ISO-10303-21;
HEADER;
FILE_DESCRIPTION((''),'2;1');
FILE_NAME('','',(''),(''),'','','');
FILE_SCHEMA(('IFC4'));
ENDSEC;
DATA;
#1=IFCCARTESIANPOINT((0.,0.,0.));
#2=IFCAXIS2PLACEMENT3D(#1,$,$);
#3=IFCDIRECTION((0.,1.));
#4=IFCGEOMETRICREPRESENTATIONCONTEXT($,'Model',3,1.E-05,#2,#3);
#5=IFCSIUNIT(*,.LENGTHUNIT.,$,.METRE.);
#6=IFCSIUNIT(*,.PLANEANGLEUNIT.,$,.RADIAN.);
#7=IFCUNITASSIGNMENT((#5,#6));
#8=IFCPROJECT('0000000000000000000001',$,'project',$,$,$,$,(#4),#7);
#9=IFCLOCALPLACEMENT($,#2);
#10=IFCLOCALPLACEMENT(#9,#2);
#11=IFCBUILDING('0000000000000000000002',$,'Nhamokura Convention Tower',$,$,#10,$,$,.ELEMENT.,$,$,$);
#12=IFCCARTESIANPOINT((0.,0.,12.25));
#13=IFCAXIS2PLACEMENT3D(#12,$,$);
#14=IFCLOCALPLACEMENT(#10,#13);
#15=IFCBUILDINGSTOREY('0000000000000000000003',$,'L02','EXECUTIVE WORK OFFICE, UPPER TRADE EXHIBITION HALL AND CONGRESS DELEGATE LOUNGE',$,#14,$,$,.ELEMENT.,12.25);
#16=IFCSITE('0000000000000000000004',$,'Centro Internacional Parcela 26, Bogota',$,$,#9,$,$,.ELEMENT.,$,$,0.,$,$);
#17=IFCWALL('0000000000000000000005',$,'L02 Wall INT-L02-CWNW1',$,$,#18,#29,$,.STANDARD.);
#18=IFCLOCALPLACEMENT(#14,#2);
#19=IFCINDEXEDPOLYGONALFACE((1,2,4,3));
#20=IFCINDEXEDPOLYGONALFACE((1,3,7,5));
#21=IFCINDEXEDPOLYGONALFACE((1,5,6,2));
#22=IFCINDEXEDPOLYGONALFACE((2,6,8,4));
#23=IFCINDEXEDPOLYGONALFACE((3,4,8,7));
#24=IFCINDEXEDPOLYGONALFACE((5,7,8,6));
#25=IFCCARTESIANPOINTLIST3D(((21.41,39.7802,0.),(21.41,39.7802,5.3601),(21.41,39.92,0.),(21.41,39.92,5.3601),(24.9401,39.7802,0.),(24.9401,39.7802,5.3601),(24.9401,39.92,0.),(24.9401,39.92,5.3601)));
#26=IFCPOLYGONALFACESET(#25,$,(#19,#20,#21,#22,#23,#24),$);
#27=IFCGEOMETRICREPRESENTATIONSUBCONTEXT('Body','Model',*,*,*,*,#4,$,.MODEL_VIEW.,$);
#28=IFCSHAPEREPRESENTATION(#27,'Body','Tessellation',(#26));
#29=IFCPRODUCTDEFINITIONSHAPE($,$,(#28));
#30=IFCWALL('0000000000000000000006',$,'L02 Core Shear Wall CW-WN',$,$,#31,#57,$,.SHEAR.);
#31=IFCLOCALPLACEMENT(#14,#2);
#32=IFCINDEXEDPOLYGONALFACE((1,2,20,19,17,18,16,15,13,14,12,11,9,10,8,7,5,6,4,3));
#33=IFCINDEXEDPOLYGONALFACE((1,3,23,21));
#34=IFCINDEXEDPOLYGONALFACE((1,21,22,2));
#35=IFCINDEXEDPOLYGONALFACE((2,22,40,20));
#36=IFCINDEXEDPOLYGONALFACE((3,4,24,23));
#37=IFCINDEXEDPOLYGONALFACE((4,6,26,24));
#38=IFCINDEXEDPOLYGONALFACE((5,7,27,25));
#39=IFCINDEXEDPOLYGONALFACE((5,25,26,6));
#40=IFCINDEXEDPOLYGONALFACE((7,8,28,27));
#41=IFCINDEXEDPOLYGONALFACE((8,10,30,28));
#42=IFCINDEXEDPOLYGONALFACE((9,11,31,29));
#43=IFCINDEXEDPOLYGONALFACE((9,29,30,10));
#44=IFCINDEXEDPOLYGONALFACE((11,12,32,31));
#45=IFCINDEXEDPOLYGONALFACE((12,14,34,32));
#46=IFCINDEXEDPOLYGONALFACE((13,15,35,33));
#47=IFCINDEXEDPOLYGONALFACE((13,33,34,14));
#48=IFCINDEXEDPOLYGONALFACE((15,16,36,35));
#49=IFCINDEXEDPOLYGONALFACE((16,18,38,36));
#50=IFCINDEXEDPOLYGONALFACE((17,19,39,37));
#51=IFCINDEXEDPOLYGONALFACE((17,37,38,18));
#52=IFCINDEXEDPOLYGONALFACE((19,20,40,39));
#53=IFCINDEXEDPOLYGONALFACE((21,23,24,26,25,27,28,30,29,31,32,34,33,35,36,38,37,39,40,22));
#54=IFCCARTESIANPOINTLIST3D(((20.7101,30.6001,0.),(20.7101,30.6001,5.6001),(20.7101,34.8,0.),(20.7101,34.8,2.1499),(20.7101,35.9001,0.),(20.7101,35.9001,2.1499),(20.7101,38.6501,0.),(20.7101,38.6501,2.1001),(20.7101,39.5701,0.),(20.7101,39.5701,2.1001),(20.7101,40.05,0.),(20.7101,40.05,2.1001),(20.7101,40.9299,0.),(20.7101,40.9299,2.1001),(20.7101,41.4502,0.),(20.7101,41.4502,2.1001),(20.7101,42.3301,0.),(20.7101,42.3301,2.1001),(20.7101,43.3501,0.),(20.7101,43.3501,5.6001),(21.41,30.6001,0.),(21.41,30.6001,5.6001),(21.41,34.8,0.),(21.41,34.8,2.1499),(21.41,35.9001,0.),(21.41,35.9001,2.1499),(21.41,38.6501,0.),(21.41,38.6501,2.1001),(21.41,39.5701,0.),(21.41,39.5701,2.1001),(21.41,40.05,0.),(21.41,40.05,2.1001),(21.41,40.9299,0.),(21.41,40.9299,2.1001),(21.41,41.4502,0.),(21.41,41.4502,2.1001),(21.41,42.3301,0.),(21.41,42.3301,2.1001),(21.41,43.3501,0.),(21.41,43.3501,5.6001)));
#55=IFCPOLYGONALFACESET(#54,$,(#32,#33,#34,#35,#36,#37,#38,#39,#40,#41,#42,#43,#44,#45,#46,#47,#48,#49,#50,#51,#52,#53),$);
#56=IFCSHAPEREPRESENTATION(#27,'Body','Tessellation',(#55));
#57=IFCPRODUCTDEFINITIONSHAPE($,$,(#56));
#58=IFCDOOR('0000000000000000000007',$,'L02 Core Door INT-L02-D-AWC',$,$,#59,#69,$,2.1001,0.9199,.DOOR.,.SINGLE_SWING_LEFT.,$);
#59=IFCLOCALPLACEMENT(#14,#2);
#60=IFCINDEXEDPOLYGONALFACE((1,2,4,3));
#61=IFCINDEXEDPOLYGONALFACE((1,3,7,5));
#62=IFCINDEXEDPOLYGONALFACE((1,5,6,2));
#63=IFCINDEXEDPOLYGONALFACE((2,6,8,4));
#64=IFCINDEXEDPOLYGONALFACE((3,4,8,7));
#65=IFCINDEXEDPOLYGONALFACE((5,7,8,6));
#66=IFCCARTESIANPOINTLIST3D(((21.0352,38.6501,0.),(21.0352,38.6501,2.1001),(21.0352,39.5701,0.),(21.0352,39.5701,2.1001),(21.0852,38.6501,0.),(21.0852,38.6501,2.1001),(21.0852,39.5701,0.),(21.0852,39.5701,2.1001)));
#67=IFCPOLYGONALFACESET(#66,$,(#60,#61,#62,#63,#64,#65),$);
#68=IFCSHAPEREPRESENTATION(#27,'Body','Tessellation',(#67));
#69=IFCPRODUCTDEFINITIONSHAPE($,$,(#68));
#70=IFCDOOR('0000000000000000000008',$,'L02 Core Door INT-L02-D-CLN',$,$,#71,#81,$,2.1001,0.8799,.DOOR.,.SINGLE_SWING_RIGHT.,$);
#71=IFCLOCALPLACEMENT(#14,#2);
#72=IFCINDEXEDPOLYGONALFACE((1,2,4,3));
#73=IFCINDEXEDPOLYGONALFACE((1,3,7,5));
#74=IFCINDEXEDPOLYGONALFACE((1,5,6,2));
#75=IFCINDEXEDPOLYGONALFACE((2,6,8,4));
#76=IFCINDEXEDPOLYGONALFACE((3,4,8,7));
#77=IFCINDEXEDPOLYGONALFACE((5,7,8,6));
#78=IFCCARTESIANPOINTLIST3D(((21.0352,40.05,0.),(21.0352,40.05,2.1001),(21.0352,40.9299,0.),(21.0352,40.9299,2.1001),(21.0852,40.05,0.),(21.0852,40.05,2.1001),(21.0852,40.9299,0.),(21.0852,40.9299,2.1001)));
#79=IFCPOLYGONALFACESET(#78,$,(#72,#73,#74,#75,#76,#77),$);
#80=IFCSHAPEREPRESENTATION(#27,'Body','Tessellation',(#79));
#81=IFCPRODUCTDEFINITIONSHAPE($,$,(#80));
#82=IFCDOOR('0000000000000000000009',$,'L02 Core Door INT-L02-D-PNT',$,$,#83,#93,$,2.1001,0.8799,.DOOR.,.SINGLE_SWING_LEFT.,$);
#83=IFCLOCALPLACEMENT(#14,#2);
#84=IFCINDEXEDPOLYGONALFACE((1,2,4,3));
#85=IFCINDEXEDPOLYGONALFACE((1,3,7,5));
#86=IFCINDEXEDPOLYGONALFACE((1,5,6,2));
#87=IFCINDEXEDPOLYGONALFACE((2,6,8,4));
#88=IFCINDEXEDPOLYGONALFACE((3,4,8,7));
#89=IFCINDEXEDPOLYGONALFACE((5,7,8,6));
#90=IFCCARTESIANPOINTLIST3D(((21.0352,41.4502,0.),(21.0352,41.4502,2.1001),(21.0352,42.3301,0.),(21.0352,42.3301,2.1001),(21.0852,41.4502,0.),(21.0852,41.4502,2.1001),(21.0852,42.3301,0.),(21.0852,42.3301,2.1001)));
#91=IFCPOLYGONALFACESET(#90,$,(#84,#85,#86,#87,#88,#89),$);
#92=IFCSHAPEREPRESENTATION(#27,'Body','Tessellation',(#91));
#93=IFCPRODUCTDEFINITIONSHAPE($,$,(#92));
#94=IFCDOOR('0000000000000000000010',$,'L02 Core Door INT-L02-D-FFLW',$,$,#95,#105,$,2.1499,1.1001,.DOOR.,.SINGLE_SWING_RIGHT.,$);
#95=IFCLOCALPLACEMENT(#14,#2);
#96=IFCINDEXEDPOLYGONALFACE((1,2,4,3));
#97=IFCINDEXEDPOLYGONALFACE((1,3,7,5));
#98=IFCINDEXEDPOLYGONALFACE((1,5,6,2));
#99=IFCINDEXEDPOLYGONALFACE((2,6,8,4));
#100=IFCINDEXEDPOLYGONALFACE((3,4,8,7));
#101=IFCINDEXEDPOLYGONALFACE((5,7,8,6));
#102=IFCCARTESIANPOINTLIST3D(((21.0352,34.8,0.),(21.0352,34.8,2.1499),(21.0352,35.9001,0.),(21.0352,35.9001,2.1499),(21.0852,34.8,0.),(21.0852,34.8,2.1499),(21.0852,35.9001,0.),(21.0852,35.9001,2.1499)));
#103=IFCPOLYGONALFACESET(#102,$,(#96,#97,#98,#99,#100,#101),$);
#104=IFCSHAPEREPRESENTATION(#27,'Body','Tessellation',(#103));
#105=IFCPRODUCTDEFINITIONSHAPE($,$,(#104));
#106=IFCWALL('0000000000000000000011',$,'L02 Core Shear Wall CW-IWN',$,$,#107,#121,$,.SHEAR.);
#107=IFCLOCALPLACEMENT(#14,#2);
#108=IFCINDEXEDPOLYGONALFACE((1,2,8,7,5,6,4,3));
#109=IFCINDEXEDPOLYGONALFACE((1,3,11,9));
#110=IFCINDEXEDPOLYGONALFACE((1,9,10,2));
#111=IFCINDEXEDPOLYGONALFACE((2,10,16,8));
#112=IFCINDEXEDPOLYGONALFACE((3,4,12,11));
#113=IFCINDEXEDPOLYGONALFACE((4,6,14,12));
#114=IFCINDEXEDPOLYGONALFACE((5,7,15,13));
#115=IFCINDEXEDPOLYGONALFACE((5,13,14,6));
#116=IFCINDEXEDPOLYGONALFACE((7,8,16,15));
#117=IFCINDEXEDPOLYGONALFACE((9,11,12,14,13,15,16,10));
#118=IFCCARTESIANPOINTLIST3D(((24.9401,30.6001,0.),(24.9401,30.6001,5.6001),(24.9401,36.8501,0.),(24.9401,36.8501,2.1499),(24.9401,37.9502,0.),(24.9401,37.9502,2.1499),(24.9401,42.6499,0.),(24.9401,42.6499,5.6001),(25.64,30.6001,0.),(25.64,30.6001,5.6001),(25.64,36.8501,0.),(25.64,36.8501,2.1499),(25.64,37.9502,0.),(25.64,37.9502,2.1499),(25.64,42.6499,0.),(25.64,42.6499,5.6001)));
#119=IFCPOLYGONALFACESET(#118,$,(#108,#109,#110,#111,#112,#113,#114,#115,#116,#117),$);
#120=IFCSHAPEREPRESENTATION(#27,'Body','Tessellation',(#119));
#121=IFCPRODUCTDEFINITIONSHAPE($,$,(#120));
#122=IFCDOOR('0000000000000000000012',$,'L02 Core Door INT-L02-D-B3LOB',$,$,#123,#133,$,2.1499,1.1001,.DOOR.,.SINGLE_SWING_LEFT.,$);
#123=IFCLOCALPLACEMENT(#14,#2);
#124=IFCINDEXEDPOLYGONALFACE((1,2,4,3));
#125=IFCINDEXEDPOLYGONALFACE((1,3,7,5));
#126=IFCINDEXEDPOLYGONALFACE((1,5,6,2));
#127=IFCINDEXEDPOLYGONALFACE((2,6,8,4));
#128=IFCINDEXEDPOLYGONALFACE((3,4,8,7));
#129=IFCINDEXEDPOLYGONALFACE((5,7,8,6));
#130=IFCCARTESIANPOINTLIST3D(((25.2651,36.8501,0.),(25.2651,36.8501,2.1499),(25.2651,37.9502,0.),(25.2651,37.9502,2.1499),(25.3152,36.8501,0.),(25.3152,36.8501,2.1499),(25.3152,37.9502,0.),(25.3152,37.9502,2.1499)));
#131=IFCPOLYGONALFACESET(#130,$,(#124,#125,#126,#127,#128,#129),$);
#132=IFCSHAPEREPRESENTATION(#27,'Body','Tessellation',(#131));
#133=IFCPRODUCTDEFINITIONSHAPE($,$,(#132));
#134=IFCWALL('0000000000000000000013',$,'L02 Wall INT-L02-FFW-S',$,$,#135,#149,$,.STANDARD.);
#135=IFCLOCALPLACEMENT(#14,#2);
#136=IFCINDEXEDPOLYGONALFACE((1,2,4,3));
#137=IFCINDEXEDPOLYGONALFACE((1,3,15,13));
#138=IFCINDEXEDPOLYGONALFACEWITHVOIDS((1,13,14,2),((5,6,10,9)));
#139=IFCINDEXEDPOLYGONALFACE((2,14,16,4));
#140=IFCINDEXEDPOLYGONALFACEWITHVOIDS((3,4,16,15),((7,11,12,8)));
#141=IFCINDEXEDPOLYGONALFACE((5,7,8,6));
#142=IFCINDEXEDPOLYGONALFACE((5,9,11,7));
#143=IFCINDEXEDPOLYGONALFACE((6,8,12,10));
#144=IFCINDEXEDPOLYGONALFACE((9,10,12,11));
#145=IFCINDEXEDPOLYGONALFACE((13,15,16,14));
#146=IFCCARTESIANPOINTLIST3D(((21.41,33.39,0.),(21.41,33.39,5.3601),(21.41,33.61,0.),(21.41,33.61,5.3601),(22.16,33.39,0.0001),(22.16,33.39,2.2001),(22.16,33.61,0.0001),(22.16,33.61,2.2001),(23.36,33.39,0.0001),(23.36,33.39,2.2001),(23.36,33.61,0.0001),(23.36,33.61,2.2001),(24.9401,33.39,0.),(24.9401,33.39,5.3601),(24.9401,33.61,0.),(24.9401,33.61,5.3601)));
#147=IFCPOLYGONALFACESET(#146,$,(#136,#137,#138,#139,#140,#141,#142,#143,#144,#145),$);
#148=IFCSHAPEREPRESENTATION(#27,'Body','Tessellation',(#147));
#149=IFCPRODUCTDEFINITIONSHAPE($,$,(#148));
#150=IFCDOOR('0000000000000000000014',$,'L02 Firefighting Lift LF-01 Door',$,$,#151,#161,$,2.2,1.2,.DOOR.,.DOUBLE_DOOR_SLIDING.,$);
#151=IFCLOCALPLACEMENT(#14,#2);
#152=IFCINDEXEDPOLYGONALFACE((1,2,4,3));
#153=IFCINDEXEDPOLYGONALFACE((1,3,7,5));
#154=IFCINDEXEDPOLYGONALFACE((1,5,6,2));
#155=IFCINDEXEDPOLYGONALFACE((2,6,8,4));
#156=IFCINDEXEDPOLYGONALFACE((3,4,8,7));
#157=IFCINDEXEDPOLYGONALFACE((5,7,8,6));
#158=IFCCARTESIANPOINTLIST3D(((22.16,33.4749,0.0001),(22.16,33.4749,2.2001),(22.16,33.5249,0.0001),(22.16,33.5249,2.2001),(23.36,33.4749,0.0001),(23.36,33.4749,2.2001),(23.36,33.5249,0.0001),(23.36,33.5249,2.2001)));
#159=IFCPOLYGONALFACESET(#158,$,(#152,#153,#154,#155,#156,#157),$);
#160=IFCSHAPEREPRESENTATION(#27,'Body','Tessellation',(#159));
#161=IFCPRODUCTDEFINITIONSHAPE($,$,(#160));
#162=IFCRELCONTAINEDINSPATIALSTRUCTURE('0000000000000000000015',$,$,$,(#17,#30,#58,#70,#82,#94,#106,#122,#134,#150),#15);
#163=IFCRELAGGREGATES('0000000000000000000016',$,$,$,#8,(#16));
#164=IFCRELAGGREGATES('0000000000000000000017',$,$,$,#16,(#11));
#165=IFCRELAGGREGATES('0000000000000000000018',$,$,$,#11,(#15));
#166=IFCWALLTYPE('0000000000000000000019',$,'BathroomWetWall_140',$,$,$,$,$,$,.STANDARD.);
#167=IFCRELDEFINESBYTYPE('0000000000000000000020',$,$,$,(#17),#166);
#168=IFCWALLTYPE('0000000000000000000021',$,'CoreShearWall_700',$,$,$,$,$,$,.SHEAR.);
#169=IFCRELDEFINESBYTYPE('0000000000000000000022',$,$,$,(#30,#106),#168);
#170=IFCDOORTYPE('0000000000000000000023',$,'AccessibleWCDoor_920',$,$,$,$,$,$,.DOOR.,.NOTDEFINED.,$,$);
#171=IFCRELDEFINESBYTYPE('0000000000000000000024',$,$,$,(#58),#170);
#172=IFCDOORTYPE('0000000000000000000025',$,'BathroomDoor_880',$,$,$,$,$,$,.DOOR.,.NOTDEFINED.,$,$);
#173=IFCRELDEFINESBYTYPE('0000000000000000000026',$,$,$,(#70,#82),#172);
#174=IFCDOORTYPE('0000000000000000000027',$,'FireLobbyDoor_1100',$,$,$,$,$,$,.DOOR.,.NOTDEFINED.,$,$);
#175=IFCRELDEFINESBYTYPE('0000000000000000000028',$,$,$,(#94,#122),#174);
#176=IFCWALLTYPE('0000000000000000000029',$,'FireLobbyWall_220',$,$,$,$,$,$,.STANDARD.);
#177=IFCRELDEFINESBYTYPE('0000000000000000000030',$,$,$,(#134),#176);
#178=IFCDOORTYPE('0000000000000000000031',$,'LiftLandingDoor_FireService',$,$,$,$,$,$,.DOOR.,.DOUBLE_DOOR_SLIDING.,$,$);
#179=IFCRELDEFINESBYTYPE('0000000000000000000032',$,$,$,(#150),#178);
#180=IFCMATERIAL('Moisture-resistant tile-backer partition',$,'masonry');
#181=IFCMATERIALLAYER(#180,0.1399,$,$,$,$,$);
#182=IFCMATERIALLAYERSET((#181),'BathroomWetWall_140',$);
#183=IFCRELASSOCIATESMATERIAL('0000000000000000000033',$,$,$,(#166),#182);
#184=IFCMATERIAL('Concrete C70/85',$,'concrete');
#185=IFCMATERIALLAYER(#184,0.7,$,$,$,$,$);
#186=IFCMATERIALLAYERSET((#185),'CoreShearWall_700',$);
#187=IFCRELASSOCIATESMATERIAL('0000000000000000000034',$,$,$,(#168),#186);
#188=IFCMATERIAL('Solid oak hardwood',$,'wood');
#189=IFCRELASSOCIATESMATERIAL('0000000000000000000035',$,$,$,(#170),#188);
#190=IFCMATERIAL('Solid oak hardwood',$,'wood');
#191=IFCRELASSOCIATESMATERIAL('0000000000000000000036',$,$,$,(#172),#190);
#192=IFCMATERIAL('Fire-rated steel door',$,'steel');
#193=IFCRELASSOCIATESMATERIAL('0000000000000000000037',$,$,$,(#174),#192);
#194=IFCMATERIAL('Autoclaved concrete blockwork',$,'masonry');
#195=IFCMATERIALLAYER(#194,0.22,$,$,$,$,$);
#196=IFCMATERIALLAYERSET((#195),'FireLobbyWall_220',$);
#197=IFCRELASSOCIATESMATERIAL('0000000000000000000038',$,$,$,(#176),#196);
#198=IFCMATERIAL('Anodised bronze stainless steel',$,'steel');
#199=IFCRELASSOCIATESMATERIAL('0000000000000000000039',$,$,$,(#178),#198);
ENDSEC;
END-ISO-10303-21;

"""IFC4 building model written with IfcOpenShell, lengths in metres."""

from ifc_helpers import new_model, si_unit, direction, frame, frame_2d, origin, place, context, subcontext, project, spatial, rectangle, extrude, material, layer, layer_set, type_object, element, fill, save


model = new_model("IFC4")

# Units and contexts
model_context = context("Model", 3, precision=1e-05, world=origin(), true_north=direction((0.0, 1.0)))
body_context = subcontext(model_context, "Body", "Model", "MODEL_VIEW")
ifc_project = project(units=[si_unit("LENGTHUNIT", "METRE"), si_unit("PLANEANGLEUNIT", "RADIAN")], contexts=[model_context])

# Site, building, storey
site_placement = place(None, origin())
site = spatial("IfcSite", under=ifc_project, at=site_placement, Name="Centro Internacional Parcela 26, Bogota", CompositionType="ELEMENT", RefElevation=0.0)
building_placement = place(site_placement, origin())
building = spatial("IfcBuilding", under=site, at=building_placement, Name="Nhamokura Convention Tower", CompositionType="ELEMENT")
storey_placement = place(building_placement, frame((0.0, 0.0, 12.25)))
storey = spatial("IfcBuildingStorey", under=building, at=storey_placement, Name="L02", Description="EXECUTIVE WORK OFFICE, UPPER TRADE EXHIBITION HALL AND CONGRESS DELEGATE LOUNGE", CompositionType="ELEMENT", Elevation=12.25)

# Wall
ifc_material_1 = material(Name="Moisture-resistant tile-backer partition", Category="masonry")
ifc_layer_1 = layer(ifc_material_1, 0.1399)
ifc_layer_set_1 = layer_set([ifc_layer_1], Name="BathroomWetWall_140")
wall_type_1 = type_object("IfcWallType", Name="BathroomWetWall_140", PredefinedType="STANDARD", material=ifc_layer_set_1)
wall_1_placement = place(storey_placement, frame((21.4099, 39.8501, 0.0), z_axis=(0.0, 0.0, 1.0), x_axis=(1.0, 0.0, 0.0)))
element("IfcWall", 1, at=wall_1_placement, inside=storey, type_object=wall_type_1, Name="L02 Wall INT-L02-CWNW1", PredefinedType="STANDARD", context=body_context, shape_type="SweptSolid", body=[
    extrude(rectangle(XDim=3.53, YDim=0.1399, at=frame_2d((1.7651, 0.0))), origin(), (0.0, 0.0, 1.0), 5.3601),
])

# Wall, openings, doors
ifc_material_2 = material(Name="Concrete C70/85", Category="concrete")
ifc_layer_2 = layer(ifc_material_2, 0.7)
ifc_layer_set_2 = layer_set([ifc_layer_2], Name="CoreShearWall_700")
wall_type_2 = type_object("IfcWallType", Name="CoreShearWall_700", PredefinedType="SHEAR", material=ifc_layer_set_2)
wall_2_placement = place(storey_placement, frame((21.0601, 30.6001, 0.0), z_axis=(0.0, 0.0, 1.0), x_axis=(0.0, 1.0, 0.0)))
wall_2 = element("IfcWall", 2, at=wall_2_placement, inside=storey, type_object=wall_type_2, Name="L02 Core Shear Wall CW-WN", PredefinedType="SHEAR", context=body_context, shape_type="SweptSolid", body=[
    extrude(rectangle(XDim=12.75, YDim=0.7, at=frame_2d((6.375, 0.0))), origin(), (0.0, 0.0, 1.0), 5.6001),
])
opening_1_placement = place(wall_2_placement, frame((4.2, 0.0, 0.0)))
opening_1 = element("IfcOpeningElement", 3, at=opening_1_placement, cuts=wall_2, PredefinedType="OPENING", context=body_context, shape_type="SweptSolid", body=[
    extrude(rectangle(XDim=1.1001, YDim=2.1499, at=frame_2d((0.55, 1.075))), frame((0.0, 0.3599, 0.0), z_axis=(0.0, -1.0, 0.0), x_axis=(1.0, 0.0, 0.0)), (0.0, 0.0, 1.0), 0.72),
])
opening_2_placement = place(wall_2_placement, frame((8.05, 0.0, 0.0)))
opening_2 = element("IfcOpeningElement", 4, at=opening_2_placement, cuts=wall_2, PredefinedType="OPENING", context=body_context, shape_type="SweptSolid", body=[
    extrude(rectangle(XDim=0.9199, YDim=2.1001, at=frame_2d((0.46, 1.05))), frame((0.0, 0.3599, 0.0), z_axis=(0.0, -1.0, 0.0), x_axis=(1.0, 0.0, 0.0)), (0.0, 0.0, 1.0), 0.72),
])
opening_3_placement = place(wall_2_placement, frame((9.45, 0.0, 0.0)))
opening_3 = element("IfcOpeningElement", 5, at=opening_3_placement, cuts=wall_2, PredefinedType="OPENING", context=body_context, shape_type="SweptSolid", body=[
    extrude(rectangle(XDim=0.8799, YDim=2.1001, at=frame_2d((0.4399, 1.05))), frame((0.0, 0.3599, 0.0), z_axis=(0.0, -1.0, 0.0), x_axis=(1.0, 0.0, 0.0)), (0.0, 0.0, 1.0), 0.72),
])
opening_4_placement = place(wall_2_placement, frame((10.8501, 0.0, 0.0)))
opening_4 = element("IfcOpeningElement", 6, at=opening_4_placement, cuts=wall_2, PredefinedType="OPENING", context=body_context, shape_type="SweptSolid", body=[
    extrude(rectangle(XDim=0.8799, YDim=2.1001, at=frame_2d((0.4399, 1.05))), frame((0.0, 0.3599, 0.0), z_axis=(0.0, -1.0, 0.0), x_axis=(1.0, 0.0, 0.0)), (0.0, 0.0, 1.0), 0.72),
])
ifc_material_3 = material(Name="Solid oak hardwood", Category="wood")
door_type_1 = type_object("IfcDoorType", Name="AccessibleWCDoor_920", OperationType="NOTDEFINED", PredefinedType="DOOR", material=ifc_material_3)
door_1_placement = place(opening_2_placement, origin())
door_1 = element("IfcDoor", 7, at=door_1_placement, inside=storey, type_object=door_type_1, Name="L02 Core Door INT-L02-D-AWC", OperationType="SINGLE_SWING_LEFT", OverallHeight=2.1001, OverallWidth=0.9199, PredefinedType="DOOR", context=body_context, shape_type="SweptSolid", body=[
    extrude(rectangle(XDim=0.9199, YDim=2.1001, at=frame_2d((0.46, 1.05))), frame((0.0, 0.0249, 0.0), z_axis=(0.0, -1.0, 0.0), x_axis=(1.0, 0.0, 0.0)), (0.0, 0.0, 1.0), 0.05),
])
fill(opening_2, door_1)
ifc_material_4 = material(Name="Solid oak hardwood", Category="wood")
door_type_2 = type_object("IfcDoorType", Name="BathroomDoor_880", OperationType="NOTDEFINED", PredefinedType="DOOR", material=ifc_material_4)
door_2_placement = place(opening_3_placement, origin())
door_2 = element("IfcDoor", 8, at=door_2_placement, inside=storey, type_object=door_type_2, Name="L02 Core Door INT-L02-D-CLN", OperationType="SINGLE_SWING_RIGHT", OverallHeight=2.1001, OverallWidth=0.8799, PredefinedType="DOOR", context=body_context, shape_type="SweptSolid", body=[
    extrude(rectangle(XDim=0.8799, YDim=2.1001, at=frame_2d((0.4399, 1.05))), frame((0.0, 0.0249, 0.0), z_axis=(0.0, -1.0, 0.0), x_axis=(1.0, 0.0, 0.0)), (0.0, 0.0, 1.0), 0.05),
])
fill(opening_3, door_2)
door_3_placement = place(opening_4_placement, origin())
door_3 = element("IfcDoor", 9, at=door_3_placement, inside=storey, type_object=door_type_2, Name="L02 Core Door INT-L02-D-PNT", OperationType="SINGLE_SWING_LEFT", OverallHeight=2.1001, OverallWidth=0.8799, PredefinedType="DOOR", context=body_context, shape_type="SweptSolid", body=[
    extrude(rectangle(XDim=0.8799, YDim=2.1001, at=frame_2d((0.4399, 1.05))), frame((0.0, 0.0249, 0.0), z_axis=(0.0, -1.0, 0.0), x_axis=(1.0, 0.0, 0.0)), (0.0, 0.0, 1.0), 0.05),
])
fill(opening_4, door_3)
ifc_material_5 = material(Name="Fire-rated steel door", Category="steel")
door_type_3 = type_object("IfcDoorType", Name="FireLobbyDoor_1100", OperationType="NOTDEFINED", PredefinedType="DOOR", material=ifc_material_5)
door_4_placement = place(opening_1_placement, origin())
door_4 = element("IfcDoor", 10, at=door_4_placement, inside=storey, type_object=door_type_3, Name="L02 Core Door INT-L02-D-FFLW", OperationType="SINGLE_SWING_RIGHT", OverallHeight=2.1499, OverallWidth=1.1001, PredefinedType="DOOR", context=body_context, shape_type="SweptSolid", body=[
    extrude(rectangle(XDim=1.1001, YDim=2.1499, at=frame_2d((0.55, 1.075))), frame((0.0, 0.0249, 0.0), z_axis=(0.0, -1.0, 0.0), x_axis=(1.0, 0.0, 0.0)), (0.0, 0.0, 1.0), 0.05),
])
fill(opening_1, door_4)

# Walls, openings, doors
wall_3_placement = place(storey_placement, frame((25.29, 30.6001, 0.0), z_axis=(0.0, 0.0, 1.0), x_axis=(0.0, 1.0, 0.0)))
wall_3 = element("IfcWall", 11, at=wall_3_placement, inside=storey, type_object=wall_type_2, Name="L02 Core Shear Wall CW-IWN", PredefinedType="SHEAR", context=body_context, shape_type="SweptSolid", body=[
    extrude(rectangle(XDim=12.0498, YDim=0.7, at=frame_2d((6.0249, 0.0))), origin(), (0.0, 0.0, 1.0), 5.6001),
])
opening_5_placement = place(wall_3_placement, frame((6.25, 0.0, 0.0)))
opening_5 = element("IfcOpeningElement", 12, at=opening_5_placement, cuts=wall_3, PredefinedType="OPENING", context=body_context, shape_type="SweptSolid", body=[
    extrude(rectangle(XDim=1.1001, YDim=2.1499, at=frame_2d((0.55, 1.075))), frame((0.0, 0.3599, 0.0), z_axis=(0.0, -1.0, 0.0), x_axis=(1.0, 0.0, 0.0)), (0.0, 0.0, 1.0), 0.72),
])
door_5_placement = place(opening_5_placement, origin())
door_5 = element("IfcDoor", 13, at=door_5_placement, inside=storey, type_object=door_type_3, Name="L02 Core Door INT-L02-D-B3LOB", OperationType="SINGLE_SWING_LEFT", OverallHeight=2.1499, OverallWidth=1.1001, PredefinedType="DOOR", context=body_context, shape_type="SweptSolid", body=[
    extrude(rectangle(XDim=1.1001, YDim=2.1499, at=frame_2d((0.55, 1.075))), frame((0.0, 0.0249, 0.0), z_axis=(0.0, -1.0, 0.0), x_axis=(1.0, 0.0, 0.0)), (0.0, 0.0, 1.0), 0.05),
])
fill(opening_5, door_5)
ifc_material_6 = material(Name="Autoclaved concrete blockwork", Category="masonry")
ifc_layer_3 = layer(ifc_material_6, 0.22)
ifc_layer_set_3 = layer_set([ifc_layer_3], Name="FireLobbyWall_220")
wall_type_3 = type_object("IfcWallType", Name="FireLobbyWall_220", PredefinedType="STANDARD", material=ifc_layer_set_3)
wall_4_placement = place(storey_placement, frame((21.4099, 33.5, 0.0), z_axis=(0.0, 0.0, 1.0), x_axis=(1.0, 0.0, 0.0)))
wall_4 = element("IfcWall", 14, at=wall_4_placement, inside=storey, type_object=wall_type_3, Name="L02 Wall INT-L02-FFW-S", PredefinedType="STANDARD", context=body_context, shape_type="SweptSolid", body=[
    extrude(rectangle(XDim=3.53, YDim=0.22, at=frame_2d((1.7651, 0.0))), origin(), (0.0, 0.0, 1.0), 5.3601),
])
opening_6_placement = place(wall_4_placement, frame((0.75, 0.0, 0.0)))
opening_6 = element("IfcOpeningElement", 15, at=opening_6_placement, cuts=wall_4, PredefinedType="OPENING", context=body_context, shape_type="SweptSolid", body=[
    extrude(rectangle(XDim=1.2, YDim=2.2, at=frame_2d((0.6001, 1.1001))), frame((0.0, 0.1199, 0.0), z_axis=(0.0, -1.0, 0.0), x_axis=(1.0, 0.0, 0.0)), (0.0, 0.0, 1.0), 0.24),
])
ifc_material_7 = material(Name="Anodised bronze stainless steel", Category="steel")
door_type_4 = type_object("IfcDoorType", Name="LiftLandingDoor_FireService", OperationType="DOUBLE_DOOR_SLIDING", PredefinedType="DOOR", material=ifc_material_7)
door_6_placement = place(opening_6_placement, origin())
door_6 = element("IfcDoor", 16, at=door_6_placement, inside=storey, type_object=door_type_4, Name="L02 Firefighting Lift LF-01 Door", OperationType="DOUBLE_DOOR_SLIDING", OverallHeight=2.2, OverallWidth=1.2, PredefinedType="DOOR", context=body_context, shape_type="SweptSolid", body=[
    extrude(rectangle(XDim=1.2, YDim=2.2, at=frame_2d((0.6001, 1.1001))), frame((0.0, 0.0249, 0.0), z_axis=(0.0, -1.0, 0.0), x_axis=(1.0, 0.0, 0.0)), (0.0, 0.0, 1.0), 0.05),
])
fill(opening_6, door_6)

save(model, "model.ifc")
